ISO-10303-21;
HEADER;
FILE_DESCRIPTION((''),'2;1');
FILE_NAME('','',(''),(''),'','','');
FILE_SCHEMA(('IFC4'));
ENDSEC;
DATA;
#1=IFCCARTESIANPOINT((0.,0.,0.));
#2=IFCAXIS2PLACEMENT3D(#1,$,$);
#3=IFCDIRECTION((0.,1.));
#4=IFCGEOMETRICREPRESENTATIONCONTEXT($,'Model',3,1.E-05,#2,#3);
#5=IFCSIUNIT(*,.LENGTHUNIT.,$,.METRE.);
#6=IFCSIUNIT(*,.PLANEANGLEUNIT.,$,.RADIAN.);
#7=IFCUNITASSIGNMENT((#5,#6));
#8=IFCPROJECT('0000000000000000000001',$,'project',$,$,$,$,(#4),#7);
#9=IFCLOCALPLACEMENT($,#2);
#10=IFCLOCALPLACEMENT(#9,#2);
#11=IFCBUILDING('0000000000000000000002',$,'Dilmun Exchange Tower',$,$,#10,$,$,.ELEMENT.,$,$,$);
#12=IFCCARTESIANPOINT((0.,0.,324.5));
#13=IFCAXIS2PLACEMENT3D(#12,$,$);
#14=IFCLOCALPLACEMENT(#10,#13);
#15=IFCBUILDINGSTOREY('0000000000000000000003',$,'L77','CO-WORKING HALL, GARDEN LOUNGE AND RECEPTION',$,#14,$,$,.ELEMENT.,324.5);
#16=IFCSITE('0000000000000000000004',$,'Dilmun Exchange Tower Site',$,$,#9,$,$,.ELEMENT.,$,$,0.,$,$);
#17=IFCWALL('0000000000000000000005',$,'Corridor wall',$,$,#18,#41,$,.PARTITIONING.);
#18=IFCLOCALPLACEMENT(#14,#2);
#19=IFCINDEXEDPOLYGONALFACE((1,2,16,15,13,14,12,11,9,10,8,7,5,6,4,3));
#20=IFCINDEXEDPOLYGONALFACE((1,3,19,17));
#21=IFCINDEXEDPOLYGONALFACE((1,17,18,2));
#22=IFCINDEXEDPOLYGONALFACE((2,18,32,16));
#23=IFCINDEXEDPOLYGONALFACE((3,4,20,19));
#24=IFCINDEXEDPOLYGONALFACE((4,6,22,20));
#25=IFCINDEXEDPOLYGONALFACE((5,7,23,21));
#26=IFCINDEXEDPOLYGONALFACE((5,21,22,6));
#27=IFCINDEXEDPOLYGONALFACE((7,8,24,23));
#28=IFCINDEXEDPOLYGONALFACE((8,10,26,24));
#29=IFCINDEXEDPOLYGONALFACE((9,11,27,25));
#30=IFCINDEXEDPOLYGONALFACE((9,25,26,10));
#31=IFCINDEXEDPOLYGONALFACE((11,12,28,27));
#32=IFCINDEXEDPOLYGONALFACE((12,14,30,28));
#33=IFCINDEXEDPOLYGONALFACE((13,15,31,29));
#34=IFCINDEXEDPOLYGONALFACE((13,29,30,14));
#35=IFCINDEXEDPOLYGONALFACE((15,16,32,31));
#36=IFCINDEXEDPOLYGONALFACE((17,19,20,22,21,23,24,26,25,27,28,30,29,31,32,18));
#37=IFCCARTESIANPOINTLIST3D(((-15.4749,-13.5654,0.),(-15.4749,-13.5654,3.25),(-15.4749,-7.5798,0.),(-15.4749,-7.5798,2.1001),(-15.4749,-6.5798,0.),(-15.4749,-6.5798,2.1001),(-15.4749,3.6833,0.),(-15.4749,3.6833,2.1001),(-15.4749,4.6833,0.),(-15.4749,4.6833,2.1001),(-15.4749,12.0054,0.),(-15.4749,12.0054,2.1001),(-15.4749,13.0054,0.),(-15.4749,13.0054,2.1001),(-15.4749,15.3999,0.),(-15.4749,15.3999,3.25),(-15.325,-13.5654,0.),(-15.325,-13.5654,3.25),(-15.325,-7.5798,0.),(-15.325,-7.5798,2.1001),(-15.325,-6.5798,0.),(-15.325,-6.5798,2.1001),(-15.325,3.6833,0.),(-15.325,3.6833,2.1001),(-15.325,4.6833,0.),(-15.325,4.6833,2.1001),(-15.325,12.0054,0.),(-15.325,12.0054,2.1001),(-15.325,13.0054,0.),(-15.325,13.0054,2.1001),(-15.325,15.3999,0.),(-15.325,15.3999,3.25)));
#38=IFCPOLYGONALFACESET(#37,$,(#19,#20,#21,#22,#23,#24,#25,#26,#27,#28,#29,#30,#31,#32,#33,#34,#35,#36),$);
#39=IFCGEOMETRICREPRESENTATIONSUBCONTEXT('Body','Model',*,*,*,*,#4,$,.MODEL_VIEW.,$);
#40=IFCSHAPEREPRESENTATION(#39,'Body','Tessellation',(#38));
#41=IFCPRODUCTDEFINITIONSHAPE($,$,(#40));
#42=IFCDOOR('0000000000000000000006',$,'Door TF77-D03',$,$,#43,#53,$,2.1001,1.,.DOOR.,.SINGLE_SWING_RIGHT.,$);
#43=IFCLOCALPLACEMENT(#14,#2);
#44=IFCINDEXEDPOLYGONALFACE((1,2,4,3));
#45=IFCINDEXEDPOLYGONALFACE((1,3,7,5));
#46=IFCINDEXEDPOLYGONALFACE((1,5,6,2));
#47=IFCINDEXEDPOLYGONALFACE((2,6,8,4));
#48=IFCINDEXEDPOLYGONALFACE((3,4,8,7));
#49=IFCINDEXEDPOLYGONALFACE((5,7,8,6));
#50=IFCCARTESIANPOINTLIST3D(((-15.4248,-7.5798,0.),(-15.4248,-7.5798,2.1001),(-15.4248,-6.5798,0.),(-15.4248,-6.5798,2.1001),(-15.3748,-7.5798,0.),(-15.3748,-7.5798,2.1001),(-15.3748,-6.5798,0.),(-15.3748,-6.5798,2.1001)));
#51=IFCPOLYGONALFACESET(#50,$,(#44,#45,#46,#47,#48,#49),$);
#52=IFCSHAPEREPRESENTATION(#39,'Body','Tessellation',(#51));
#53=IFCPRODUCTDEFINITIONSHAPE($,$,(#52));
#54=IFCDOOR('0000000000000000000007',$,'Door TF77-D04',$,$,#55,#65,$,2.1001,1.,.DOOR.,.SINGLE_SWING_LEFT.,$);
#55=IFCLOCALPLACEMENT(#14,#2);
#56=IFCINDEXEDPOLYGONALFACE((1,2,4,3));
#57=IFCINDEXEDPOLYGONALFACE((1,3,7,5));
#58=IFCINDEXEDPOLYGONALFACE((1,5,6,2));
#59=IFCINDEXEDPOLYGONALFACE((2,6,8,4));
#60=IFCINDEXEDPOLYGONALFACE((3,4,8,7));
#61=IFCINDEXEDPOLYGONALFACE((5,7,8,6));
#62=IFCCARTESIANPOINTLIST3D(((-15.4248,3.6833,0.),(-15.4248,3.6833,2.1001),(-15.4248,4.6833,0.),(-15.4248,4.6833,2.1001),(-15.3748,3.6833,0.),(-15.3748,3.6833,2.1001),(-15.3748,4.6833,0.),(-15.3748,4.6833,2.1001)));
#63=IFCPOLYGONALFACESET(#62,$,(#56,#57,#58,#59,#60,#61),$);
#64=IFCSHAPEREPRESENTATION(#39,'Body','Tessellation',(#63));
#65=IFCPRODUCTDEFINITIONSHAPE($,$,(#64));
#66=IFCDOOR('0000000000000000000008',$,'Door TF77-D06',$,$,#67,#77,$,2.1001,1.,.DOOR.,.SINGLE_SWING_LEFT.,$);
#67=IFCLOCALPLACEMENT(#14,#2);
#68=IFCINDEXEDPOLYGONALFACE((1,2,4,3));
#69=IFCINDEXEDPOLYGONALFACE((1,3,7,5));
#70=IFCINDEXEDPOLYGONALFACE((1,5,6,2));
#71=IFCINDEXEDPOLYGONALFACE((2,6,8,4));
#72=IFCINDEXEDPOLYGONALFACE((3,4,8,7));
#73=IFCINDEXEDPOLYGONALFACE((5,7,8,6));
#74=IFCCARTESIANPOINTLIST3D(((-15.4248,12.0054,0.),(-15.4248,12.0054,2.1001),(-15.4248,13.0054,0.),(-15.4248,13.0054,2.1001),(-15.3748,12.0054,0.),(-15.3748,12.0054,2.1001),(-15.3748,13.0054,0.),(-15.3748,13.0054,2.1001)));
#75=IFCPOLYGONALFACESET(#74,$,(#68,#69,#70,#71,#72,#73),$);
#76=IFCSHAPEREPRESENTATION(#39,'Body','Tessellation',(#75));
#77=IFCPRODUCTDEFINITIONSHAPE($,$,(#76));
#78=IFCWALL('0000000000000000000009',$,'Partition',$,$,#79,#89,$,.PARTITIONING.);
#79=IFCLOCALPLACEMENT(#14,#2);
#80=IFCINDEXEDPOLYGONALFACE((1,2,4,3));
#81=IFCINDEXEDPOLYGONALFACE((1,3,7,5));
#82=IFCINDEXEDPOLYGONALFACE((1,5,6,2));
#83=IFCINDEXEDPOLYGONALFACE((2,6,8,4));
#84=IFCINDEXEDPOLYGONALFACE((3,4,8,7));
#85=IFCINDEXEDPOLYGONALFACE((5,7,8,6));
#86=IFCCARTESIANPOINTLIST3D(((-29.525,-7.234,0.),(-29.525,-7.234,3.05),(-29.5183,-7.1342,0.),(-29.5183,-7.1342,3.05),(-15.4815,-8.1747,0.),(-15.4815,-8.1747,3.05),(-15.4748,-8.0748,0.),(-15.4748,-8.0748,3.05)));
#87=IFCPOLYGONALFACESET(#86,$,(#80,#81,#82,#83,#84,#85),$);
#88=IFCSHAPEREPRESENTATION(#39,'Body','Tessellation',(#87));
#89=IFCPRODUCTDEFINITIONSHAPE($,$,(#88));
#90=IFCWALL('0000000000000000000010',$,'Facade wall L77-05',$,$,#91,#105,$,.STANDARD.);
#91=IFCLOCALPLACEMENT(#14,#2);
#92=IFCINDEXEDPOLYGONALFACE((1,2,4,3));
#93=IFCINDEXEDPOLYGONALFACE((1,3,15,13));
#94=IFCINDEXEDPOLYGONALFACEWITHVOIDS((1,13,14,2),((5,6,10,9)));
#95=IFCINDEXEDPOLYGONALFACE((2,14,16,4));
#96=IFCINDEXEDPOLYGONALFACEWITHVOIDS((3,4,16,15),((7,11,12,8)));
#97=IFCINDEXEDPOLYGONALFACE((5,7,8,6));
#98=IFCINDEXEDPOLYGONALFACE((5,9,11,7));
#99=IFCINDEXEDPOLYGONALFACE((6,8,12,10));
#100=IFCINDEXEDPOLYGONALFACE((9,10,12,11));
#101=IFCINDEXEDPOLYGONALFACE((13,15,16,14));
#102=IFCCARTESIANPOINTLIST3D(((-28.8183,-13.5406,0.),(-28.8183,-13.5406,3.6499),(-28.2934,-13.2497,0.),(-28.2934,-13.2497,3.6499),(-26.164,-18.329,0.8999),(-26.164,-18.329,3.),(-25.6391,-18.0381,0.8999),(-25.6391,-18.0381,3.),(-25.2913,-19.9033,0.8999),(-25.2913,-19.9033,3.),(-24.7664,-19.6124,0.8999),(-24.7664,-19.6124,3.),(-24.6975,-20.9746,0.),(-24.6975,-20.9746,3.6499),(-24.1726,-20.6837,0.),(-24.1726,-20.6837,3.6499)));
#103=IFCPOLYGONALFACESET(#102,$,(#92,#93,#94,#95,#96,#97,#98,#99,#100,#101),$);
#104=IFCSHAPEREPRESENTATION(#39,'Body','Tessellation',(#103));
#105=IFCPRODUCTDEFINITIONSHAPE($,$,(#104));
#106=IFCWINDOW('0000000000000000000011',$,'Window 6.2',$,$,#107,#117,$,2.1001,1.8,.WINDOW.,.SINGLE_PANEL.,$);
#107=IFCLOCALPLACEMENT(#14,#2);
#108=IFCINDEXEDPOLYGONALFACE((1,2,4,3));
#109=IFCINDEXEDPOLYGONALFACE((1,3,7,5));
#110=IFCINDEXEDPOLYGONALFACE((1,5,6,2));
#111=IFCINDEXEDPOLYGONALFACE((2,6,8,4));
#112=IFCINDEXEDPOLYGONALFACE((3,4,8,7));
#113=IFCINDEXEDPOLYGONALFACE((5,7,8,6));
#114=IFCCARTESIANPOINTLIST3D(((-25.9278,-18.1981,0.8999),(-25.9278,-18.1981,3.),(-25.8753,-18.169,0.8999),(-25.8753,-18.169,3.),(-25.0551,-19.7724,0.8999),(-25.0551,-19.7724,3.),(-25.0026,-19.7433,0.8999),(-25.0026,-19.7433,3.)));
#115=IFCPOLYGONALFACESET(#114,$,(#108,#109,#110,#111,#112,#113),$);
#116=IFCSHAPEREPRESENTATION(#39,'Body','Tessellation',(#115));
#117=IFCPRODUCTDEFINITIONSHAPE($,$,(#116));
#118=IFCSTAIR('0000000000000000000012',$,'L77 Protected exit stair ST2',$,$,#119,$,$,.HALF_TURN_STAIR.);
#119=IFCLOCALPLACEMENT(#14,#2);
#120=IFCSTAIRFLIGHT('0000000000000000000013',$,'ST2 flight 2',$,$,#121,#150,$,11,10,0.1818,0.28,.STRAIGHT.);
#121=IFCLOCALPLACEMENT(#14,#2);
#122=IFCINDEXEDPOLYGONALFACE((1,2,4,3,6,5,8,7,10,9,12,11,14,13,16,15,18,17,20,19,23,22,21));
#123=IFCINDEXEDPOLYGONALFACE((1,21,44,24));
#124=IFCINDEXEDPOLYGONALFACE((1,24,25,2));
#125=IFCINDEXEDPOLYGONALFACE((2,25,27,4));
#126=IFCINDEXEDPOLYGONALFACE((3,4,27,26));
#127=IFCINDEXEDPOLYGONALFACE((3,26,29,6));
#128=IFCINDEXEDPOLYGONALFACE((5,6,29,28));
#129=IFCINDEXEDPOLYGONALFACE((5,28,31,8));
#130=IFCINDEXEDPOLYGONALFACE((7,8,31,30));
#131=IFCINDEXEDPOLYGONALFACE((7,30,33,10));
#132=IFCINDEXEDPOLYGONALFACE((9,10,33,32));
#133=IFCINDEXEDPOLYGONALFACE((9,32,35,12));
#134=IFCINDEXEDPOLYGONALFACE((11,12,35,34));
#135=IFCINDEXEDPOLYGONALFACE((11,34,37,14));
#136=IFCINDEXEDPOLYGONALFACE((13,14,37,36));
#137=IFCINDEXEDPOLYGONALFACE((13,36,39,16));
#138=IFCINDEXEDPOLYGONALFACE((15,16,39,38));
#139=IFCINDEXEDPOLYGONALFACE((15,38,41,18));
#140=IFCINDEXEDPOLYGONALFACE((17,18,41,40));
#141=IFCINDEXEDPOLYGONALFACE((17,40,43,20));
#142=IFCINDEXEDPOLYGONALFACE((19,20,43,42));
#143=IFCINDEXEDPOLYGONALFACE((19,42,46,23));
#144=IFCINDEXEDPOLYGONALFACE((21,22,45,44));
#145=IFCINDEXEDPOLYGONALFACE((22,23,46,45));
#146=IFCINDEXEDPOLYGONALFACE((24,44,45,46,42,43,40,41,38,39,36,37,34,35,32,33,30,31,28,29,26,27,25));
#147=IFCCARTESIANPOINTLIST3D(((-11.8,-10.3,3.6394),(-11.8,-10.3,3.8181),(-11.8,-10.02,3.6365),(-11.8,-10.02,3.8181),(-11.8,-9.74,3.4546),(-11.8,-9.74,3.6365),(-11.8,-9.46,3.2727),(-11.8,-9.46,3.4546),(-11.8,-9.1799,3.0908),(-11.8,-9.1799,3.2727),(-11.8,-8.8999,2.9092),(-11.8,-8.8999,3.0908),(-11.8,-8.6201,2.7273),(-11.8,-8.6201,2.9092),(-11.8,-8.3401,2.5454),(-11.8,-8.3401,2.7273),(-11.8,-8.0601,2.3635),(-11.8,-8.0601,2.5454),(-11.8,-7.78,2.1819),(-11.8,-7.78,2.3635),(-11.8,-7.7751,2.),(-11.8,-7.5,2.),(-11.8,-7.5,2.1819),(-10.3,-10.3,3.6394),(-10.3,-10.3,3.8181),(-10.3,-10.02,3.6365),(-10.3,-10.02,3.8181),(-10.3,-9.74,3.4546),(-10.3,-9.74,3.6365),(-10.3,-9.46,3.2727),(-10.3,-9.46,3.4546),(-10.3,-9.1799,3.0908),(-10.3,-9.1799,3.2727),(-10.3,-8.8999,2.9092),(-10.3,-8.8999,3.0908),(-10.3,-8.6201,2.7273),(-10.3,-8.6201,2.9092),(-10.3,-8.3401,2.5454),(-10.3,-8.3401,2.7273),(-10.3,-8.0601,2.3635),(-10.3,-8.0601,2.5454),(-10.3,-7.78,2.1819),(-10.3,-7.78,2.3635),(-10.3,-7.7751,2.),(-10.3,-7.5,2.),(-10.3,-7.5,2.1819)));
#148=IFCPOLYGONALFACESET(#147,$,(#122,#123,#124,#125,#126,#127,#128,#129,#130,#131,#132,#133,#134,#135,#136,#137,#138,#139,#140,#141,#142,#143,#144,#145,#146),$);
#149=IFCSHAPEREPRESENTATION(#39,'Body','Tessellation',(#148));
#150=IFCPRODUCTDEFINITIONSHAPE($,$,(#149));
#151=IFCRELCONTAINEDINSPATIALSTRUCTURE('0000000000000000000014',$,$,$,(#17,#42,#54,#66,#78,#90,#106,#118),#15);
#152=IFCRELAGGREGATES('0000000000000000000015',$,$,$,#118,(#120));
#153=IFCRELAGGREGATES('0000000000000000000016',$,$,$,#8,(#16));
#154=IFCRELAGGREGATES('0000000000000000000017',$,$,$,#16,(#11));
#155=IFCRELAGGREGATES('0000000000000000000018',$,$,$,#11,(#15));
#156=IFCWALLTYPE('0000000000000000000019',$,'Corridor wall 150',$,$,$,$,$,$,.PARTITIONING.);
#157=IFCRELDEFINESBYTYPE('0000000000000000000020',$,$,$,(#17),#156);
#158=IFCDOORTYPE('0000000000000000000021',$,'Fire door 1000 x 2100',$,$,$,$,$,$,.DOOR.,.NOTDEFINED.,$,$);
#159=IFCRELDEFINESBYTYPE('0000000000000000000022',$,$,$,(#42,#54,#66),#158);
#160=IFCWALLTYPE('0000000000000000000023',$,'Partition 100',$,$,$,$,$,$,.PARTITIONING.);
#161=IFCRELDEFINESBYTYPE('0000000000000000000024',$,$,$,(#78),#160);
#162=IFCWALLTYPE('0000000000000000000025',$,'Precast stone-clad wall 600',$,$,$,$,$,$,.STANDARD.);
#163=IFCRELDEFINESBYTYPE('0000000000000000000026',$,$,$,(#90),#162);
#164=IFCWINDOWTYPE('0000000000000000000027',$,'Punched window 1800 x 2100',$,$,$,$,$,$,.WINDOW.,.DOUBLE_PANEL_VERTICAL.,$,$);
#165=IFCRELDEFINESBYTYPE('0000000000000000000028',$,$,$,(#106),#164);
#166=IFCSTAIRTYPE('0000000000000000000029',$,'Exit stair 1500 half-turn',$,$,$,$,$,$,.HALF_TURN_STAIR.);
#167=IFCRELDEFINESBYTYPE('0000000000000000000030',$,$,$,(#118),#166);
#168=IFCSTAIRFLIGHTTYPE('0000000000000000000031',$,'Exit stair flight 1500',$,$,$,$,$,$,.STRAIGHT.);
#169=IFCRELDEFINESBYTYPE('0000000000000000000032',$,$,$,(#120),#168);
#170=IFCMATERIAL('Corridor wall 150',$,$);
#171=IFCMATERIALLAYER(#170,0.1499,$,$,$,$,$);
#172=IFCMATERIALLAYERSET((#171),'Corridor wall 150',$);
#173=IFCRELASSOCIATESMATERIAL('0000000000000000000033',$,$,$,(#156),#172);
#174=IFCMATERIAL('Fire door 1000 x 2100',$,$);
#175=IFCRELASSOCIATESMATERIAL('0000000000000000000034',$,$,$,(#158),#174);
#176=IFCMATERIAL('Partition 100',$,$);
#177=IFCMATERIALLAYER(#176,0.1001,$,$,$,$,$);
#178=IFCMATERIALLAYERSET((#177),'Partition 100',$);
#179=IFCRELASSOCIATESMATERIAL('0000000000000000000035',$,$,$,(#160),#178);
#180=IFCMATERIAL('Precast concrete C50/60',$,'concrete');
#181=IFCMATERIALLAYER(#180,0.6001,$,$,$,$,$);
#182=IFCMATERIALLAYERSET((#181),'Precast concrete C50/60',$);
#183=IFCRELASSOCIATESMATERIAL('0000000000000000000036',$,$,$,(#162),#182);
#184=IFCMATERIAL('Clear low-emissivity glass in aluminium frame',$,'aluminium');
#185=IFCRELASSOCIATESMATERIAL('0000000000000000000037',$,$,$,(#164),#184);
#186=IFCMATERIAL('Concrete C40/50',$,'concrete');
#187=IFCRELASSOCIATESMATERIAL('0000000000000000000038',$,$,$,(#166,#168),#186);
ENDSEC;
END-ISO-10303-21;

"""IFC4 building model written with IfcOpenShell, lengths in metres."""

from ifc_helpers import new_model, si_unit, direction, frame, frame_2d, origin, place, context, subcontext, project, spatial, polyline, rectangle, outline, extrude, material, layer, layer_set, type_object, element, fill, aggregate, save


model = new_model("IFC4")

# Units and contexts
model_context = context("Model", 3, precision=1e-05, world=origin(), true_north=direction((0.0, 1.0)))
body_context = subcontext(model_context, "Body", "Model", "MODEL_VIEW")
ifc_project = project(units=[si_unit("LENGTHUNIT", "METRE"), si_unit("PLANEANGLEUNIT", "RADIAN")], contexts=[model_context])

# Site, building, storey
site_placement = place(None, origin())
site = spatial("IfcSite", under=ifc_project, at=site_placement, Name="Dilmun Exchange Tower Site", CompositionType="ELEMENT", RefElevation=0.0)
building_placement = place(site_placement, origin())
building = spatial("IfcBuilding", under=site, at=building_placement, Name="Dilmun Exchange Tower", CompositionType="ELEMENT")
storey_placement = place(building_placement, frame((0.0, 0.0, 324.5)))
storey = spatial("IfcBuildingStorey", under=building, at=storey_placement, Name="L77", Description="CO-WORKING HALL, GARDEN LOUNGE AND RECEPTION", CompositionType="ELEMENT", Elevation=324.5)

# Shared definitions
ifc_material_1 = material(Name="Concrete C40/50", Category="concrete")

# Shared definitions
ifc_material_2 = material(Name="Corridor wall 150")
ifc_layer_1 = layer(ifc_material_2, 0.1499)
ifc_layer_set_1 = layer_set([ifc_layer_1], Name="Corridor wall 150")
wall_type_1 = type_object("IfcWallType", Name="Corridor wall 150", PredefinedType="PARTITIONING", material=ifc_layer_set_1)

# Wall, openings, doors
wall_1_placement = place(storey_placement, frame((-15.3999, -13.5654, 0.0), z_axis=(0.0, 0.0, 1.0), x_axis=(0.0, 1.0, 0.0)))
wall_1 = element("IfcWall", 1, at=wall_1_placement, inside=storey, type_object=wall_type_1, Name="Corridor wall", PredefinedType="PARTITIONING", context=body_context, shape_type="SweptSolid", body=[
    extrude(rectangle(XDim=28.9653, YDim=0.1499, at=frame_2d((14.4827, 0.0))), origin(), (0.0, 0.0, 1.0), 3.25),
])
opening_1_placement = place(wall_1_placement, frame((5.9856, 0.0, 0.0)))
opening_1 = element("IfcOpeningElement", 2, at=opening_1_placement, cuts=wall_1, PredefinedType="OPENING", context=body_context, shape_type="SweptSolid", body=[
    extrude(rectangle(XDim=1.0, YDim=2.1001, at=frame_2d((0.5, 1.05))), frame((0.0, 0.085, 0.0), z_axis=(0.0, -1.0, 0.0), x_axis=(1.0, 0.0, 0.0)), (0.0, 0.0, 1.0), 0.1699),
])
opening_2_placement = place(wall_1_placement, frame((17.2488, 0.0, 0.0)))
opening_2 = element("IfcOpeningElement", 3, at=opening_2_placement, cuts=wall_1, PredefinedType="OPENING", context=body_context, shape_type="SweptSolid", body=[
    extrude(rectangle(XDim=1.0, YDim=2.1001, at=frame_2d((0.5, 1.05))), frame((0.0, 0.085, 0.0), z_axis=(0.0, -1.0, 0.0), x_axis=(1.0, 0.0, 0.0)), (0.0, 0.0, 1.0), 0.1699),
])
opening_3_placement = place(wall_1_placement, frame((25.5708, 0.0, 0.0)))
opening_3 = element("IfcOpeningElement", 4, at=opening_3_placement, cuts=wall_1, PredefinedType="OPENING", context=body_context, shape_type="SweptSolid", body=[
    extrude(rectangle(XDim=1.0, YDim=2.1001, at=frame_2d((0.5, 1.05))), frame((0.0, 0.085, 0.0), z_axis=(0.0, -1.0, 0.0), x_axis=(1.0, 0.0, 0.0)), (0.0, 0.0, 1.0), 0.1699),
])
ifc_material_3 = material(Name="Fire door 1000 x 2100")
door_type_1 = type_object("IfcDoorType", Name="Fire door 1000 x 2100", OperationType="NOTDEFINED", PredefinedType="DOOR", material=ifc_material_3)
door_1_placement = place(opening_1_placement, origin())
door_1 = element("IfcDoor", 5, at=door_1_placement, inside=storey, type_object=door_type_1, Name="Door TF77-D03", OperationType="SINGLE_SWING_RIGHT", OverallHeight=2.1001, OverallWidth=1.0, PredefinedType="DOOR", context=body_context, shape_type="SweptSolid", body=[
    extrude(rectangle(XDim=1.0, YDim=2.1001, at=frame_2d((0.5, 1.05))), frame((0.0, 0.0249, 0.0), z_axis=(0.0, -1.0, 0.0), x_axis=(1.0, 0.0, 0.0)), (0.0, 0.0, 1.0), 0.05),
])
fill(opening_1, door_1)
door_2_placement = place(opening_2_placement, origin())
door_2 = element("IfcDoor", 6, at=door_2_placement, inside=storey, type_object=door_type_1, Name="Door TF77-D04", OperationType="SINGLE_SWING_LEFT", OverallHeight=2.1001, OverallWidth=1.0, PredefinedType="DOOR", context=body_context, shape_type="SweptSolid", body=[
    extrude(rectangle(XDim=1.0, YDim=2.1001, at=frame_2d((0.5, 1.05))), frame((0.0, 0.0249, 0.0), z_axis=(0.0, -1.0, 0.0), x_axis=(1.0, 0.0, 0.0)), (0.0, 0.0, 1.0), 0.05),
])
fill(opening_2, door_2)
door_3_placement = place(opening_3_placement, origin())
door_3 = element("IfcDoor", 7, at=door_3_placement, inside=storey, type_object=door_type_1, Name="Door TF77-D06", OperationType="SINGLE_SWING_LEFT", OverallHeight=2.1001, OverallWidth=1.0, PredefinedType="DOOR", context=body_context, shape_type="SweptSolid", body=[
    extrude(rectangle(XDim=1.0, YDim=2.1001, at=frame_2d((0.5, 1.05))), frame((0.0, 0.0249, 0.0), z_axis=(0.0, -1.0, 0.0), x_axis=(1.0, 0.0, 0.0)), (0.0, 0.0, 1.0), 0.05),
])
fill(opening_3, door_3)

# Wall
ifc_material_4 = material(Name="Partition 100")
ifc_layer_2 = layer(ifc_material_4, 0.1001)
ifc_layer_set_2 = layer_set([ifc_layer_2], Name="Partition 100")
wall_type_2 = type_object("IfcWallType", Name="Partition 100", PredefinedType="PARTITIONING", material=ifc_layer_set_2)
wall_2_placement = place(storey_placement, frame((-29.5217, -7.1841, 0.0), z_axis=(0.0, 0.0, 1.0), x_axis=(0.997764, -0.066833, 0.0)))
element("IfcWall", 8, at=wall_2_placement, inside=storey, type_object=wall_type_2, Name="Partition", PredefinedType="PARTITIONING", context=body_context, shape_type="SweptSolid", body=[
    extrude(rectangle(XDim=14.075, YDim=0.1001, at=frame_2d((7.0376, 0.0))), origin(), (0.0, 0.0, 1.0), 3.05),
])

# Wall, opening, window
ifc_material_5 = material(Name="Precast concrete C50/60", Category="concrete")
ifc_layer_3 = layer(ifc_material_5, 0.6001)
ifc_layer_set_3 = layer_set([ifc_layer_3], Name="Precast concrete C50/60")
wall_type_3 = type_object("IfcWallType", Name="Precast stone-clad wall 600", PredefinedType="STANDARD", material=ifc_layer_set_3)
wall_3_placement = place(storey_placement, frame((-28.5559, -13.395, 0.0), z_axis=(0.0, 0.0, 1.0), x_axis=(0.484816, -0.874616, 0.0)))
wall_3 = element("IfcWall", 9, at=wall_3_placement, inside=storey, type_object=wall_type_3, Name="Facade wall L77-05", PredefinedType="STANDARD", context=body_context, shape_type="SweptSolid", body=[
    extrude(rectangle(XDim=8.4998, YDim=0.6001, at=frame_2d((4.25, 0.0))), origin(), (0.0, 0.0, 1.0), 3.6499),
])
opening_4_placement = place(wall_3_placement, frame((5.4751, 0.0, 0.8999)))
opening_4 = element("IfcOpeningElement", 10, at=opening_4_placement, cuts=wall_3, PredefinedType="OPENING", context=body_context, shape_type="SweptSolid", body=[
    extrude(rectangle(XDim=1.8, YDim=2.1001, at=frame_2d((0.8999, 1.05))), frame((0.0, 0.3101, 0.0), z_axis=(0.0, -1.0, 0.0), x_axis=(1.0, 0.0, 0.0)), (0.0, 0.0, 1.0), 0.6201),
])
ifc_material_6 = material(Name="Clear low-emissivity glass in aluminium frame", Category="aluminium")
window_type = type_object("IfcWindowType", Name="Punched window 1800 x 2100", PartitioningType="DOUBLE_PANEL_VERTICAL", PredefinedType="WINDOW", material=ifc_material_6)
window_placement = place(opening_4_placement, origin())
window = element("IfcWindow", 11, at=window_placement, inside=storey, type_object=window_type, Name="Window 6.2", OverallHeight=2.1001, OverallWidth=1.8, PartitioningType="SINGLE_PANEL", PredefinedType="WINDOW", context=body_context, shape_type="SweptSolid", body=[
    extrude(rectangle(XDim=1.8, YDim=2.1001, at=frame_2d((0.8999, 1.05))), frame((0.0, 0.03, 0.0), z_axis=(0.0, -1.0, 0.0), x_axis=(1.0, 0.0, 0.0)), (0.0, 0.0, 1.0), 0.0601),
])
fill(opening_4, window)

# Stair, stair flight
stair_type = type_object("IfcStairType", Name="Exit stair 1500 half-turn", PredefinedType="HALF_TURN_STAIR", material=ifc_material_1)
stair_placement = place(storey_placement, origin())
stair = element("IfcStair", 12, at=stair_placement, inside=storey, type_object=stair_type, Name="L77 Protected exit stair ST2", PredefinedType="HALF_TURN_STAIR")
stair_flight_type = type_object("IfcStairFlightType", Name="Exit stair flight 1500", PredefinedType="STRAIGHT", material=ifc_material_1)
stair_flight_placement = place(storey_placement, frame((-11.05, -7.5, 2.0), z_axis=(0.0, 0.0, 1.0), x_axis=(0.0, -1.0, 0.0)))
stair_flight = element("IfcStairFlight", 13, at=stair_flight_placement, type_object=stair_flight_type, Name="ST2 flight 2", NumberOfRisers=11, NumberOfTreads=10, PredefinedType="STRAIGHT", RiserHeight=0.1818, TreadLength=0.28, context=body_context, shape_type="SweptSolid", body=[
    extrude(outline(polyline([(0.0, 0.0), (0.0, 0.1819), (0.28, 0.1819), (0.28, 0.3635), (0.5601, 0.3635), (0.5601, 0.5454), (0.8401, 0.5454), (0.8401, 0.7273), (1.1201, 0.7273), (1.1201, 0.9092), (1.3999, 0.9092), (1.3999, 1.0908), (1.6799, 1.0908), (1.6799, 1.2727), (1.96, 1.2727), (1.96, 1.4546), (2.24, 1.4546), (2.24, 1.6365), (2.52, 1.6365), (2.52, 1.8181), (2.8, 1.8181), (2.8, 2.0), (2.8, 1.6394), (0.2751, 0.0), (0.0, 0.0)])), frame((0.0, 0.75, 0.0), z_axis=(0.0, -1.0, 0.0), x_axis=(1.0, 0.0, 0.0)), (0.0, 0.0, 1.0), 1.5),
])
aggregate(stair, [stair_flight])

save(model, "model.ifc")
